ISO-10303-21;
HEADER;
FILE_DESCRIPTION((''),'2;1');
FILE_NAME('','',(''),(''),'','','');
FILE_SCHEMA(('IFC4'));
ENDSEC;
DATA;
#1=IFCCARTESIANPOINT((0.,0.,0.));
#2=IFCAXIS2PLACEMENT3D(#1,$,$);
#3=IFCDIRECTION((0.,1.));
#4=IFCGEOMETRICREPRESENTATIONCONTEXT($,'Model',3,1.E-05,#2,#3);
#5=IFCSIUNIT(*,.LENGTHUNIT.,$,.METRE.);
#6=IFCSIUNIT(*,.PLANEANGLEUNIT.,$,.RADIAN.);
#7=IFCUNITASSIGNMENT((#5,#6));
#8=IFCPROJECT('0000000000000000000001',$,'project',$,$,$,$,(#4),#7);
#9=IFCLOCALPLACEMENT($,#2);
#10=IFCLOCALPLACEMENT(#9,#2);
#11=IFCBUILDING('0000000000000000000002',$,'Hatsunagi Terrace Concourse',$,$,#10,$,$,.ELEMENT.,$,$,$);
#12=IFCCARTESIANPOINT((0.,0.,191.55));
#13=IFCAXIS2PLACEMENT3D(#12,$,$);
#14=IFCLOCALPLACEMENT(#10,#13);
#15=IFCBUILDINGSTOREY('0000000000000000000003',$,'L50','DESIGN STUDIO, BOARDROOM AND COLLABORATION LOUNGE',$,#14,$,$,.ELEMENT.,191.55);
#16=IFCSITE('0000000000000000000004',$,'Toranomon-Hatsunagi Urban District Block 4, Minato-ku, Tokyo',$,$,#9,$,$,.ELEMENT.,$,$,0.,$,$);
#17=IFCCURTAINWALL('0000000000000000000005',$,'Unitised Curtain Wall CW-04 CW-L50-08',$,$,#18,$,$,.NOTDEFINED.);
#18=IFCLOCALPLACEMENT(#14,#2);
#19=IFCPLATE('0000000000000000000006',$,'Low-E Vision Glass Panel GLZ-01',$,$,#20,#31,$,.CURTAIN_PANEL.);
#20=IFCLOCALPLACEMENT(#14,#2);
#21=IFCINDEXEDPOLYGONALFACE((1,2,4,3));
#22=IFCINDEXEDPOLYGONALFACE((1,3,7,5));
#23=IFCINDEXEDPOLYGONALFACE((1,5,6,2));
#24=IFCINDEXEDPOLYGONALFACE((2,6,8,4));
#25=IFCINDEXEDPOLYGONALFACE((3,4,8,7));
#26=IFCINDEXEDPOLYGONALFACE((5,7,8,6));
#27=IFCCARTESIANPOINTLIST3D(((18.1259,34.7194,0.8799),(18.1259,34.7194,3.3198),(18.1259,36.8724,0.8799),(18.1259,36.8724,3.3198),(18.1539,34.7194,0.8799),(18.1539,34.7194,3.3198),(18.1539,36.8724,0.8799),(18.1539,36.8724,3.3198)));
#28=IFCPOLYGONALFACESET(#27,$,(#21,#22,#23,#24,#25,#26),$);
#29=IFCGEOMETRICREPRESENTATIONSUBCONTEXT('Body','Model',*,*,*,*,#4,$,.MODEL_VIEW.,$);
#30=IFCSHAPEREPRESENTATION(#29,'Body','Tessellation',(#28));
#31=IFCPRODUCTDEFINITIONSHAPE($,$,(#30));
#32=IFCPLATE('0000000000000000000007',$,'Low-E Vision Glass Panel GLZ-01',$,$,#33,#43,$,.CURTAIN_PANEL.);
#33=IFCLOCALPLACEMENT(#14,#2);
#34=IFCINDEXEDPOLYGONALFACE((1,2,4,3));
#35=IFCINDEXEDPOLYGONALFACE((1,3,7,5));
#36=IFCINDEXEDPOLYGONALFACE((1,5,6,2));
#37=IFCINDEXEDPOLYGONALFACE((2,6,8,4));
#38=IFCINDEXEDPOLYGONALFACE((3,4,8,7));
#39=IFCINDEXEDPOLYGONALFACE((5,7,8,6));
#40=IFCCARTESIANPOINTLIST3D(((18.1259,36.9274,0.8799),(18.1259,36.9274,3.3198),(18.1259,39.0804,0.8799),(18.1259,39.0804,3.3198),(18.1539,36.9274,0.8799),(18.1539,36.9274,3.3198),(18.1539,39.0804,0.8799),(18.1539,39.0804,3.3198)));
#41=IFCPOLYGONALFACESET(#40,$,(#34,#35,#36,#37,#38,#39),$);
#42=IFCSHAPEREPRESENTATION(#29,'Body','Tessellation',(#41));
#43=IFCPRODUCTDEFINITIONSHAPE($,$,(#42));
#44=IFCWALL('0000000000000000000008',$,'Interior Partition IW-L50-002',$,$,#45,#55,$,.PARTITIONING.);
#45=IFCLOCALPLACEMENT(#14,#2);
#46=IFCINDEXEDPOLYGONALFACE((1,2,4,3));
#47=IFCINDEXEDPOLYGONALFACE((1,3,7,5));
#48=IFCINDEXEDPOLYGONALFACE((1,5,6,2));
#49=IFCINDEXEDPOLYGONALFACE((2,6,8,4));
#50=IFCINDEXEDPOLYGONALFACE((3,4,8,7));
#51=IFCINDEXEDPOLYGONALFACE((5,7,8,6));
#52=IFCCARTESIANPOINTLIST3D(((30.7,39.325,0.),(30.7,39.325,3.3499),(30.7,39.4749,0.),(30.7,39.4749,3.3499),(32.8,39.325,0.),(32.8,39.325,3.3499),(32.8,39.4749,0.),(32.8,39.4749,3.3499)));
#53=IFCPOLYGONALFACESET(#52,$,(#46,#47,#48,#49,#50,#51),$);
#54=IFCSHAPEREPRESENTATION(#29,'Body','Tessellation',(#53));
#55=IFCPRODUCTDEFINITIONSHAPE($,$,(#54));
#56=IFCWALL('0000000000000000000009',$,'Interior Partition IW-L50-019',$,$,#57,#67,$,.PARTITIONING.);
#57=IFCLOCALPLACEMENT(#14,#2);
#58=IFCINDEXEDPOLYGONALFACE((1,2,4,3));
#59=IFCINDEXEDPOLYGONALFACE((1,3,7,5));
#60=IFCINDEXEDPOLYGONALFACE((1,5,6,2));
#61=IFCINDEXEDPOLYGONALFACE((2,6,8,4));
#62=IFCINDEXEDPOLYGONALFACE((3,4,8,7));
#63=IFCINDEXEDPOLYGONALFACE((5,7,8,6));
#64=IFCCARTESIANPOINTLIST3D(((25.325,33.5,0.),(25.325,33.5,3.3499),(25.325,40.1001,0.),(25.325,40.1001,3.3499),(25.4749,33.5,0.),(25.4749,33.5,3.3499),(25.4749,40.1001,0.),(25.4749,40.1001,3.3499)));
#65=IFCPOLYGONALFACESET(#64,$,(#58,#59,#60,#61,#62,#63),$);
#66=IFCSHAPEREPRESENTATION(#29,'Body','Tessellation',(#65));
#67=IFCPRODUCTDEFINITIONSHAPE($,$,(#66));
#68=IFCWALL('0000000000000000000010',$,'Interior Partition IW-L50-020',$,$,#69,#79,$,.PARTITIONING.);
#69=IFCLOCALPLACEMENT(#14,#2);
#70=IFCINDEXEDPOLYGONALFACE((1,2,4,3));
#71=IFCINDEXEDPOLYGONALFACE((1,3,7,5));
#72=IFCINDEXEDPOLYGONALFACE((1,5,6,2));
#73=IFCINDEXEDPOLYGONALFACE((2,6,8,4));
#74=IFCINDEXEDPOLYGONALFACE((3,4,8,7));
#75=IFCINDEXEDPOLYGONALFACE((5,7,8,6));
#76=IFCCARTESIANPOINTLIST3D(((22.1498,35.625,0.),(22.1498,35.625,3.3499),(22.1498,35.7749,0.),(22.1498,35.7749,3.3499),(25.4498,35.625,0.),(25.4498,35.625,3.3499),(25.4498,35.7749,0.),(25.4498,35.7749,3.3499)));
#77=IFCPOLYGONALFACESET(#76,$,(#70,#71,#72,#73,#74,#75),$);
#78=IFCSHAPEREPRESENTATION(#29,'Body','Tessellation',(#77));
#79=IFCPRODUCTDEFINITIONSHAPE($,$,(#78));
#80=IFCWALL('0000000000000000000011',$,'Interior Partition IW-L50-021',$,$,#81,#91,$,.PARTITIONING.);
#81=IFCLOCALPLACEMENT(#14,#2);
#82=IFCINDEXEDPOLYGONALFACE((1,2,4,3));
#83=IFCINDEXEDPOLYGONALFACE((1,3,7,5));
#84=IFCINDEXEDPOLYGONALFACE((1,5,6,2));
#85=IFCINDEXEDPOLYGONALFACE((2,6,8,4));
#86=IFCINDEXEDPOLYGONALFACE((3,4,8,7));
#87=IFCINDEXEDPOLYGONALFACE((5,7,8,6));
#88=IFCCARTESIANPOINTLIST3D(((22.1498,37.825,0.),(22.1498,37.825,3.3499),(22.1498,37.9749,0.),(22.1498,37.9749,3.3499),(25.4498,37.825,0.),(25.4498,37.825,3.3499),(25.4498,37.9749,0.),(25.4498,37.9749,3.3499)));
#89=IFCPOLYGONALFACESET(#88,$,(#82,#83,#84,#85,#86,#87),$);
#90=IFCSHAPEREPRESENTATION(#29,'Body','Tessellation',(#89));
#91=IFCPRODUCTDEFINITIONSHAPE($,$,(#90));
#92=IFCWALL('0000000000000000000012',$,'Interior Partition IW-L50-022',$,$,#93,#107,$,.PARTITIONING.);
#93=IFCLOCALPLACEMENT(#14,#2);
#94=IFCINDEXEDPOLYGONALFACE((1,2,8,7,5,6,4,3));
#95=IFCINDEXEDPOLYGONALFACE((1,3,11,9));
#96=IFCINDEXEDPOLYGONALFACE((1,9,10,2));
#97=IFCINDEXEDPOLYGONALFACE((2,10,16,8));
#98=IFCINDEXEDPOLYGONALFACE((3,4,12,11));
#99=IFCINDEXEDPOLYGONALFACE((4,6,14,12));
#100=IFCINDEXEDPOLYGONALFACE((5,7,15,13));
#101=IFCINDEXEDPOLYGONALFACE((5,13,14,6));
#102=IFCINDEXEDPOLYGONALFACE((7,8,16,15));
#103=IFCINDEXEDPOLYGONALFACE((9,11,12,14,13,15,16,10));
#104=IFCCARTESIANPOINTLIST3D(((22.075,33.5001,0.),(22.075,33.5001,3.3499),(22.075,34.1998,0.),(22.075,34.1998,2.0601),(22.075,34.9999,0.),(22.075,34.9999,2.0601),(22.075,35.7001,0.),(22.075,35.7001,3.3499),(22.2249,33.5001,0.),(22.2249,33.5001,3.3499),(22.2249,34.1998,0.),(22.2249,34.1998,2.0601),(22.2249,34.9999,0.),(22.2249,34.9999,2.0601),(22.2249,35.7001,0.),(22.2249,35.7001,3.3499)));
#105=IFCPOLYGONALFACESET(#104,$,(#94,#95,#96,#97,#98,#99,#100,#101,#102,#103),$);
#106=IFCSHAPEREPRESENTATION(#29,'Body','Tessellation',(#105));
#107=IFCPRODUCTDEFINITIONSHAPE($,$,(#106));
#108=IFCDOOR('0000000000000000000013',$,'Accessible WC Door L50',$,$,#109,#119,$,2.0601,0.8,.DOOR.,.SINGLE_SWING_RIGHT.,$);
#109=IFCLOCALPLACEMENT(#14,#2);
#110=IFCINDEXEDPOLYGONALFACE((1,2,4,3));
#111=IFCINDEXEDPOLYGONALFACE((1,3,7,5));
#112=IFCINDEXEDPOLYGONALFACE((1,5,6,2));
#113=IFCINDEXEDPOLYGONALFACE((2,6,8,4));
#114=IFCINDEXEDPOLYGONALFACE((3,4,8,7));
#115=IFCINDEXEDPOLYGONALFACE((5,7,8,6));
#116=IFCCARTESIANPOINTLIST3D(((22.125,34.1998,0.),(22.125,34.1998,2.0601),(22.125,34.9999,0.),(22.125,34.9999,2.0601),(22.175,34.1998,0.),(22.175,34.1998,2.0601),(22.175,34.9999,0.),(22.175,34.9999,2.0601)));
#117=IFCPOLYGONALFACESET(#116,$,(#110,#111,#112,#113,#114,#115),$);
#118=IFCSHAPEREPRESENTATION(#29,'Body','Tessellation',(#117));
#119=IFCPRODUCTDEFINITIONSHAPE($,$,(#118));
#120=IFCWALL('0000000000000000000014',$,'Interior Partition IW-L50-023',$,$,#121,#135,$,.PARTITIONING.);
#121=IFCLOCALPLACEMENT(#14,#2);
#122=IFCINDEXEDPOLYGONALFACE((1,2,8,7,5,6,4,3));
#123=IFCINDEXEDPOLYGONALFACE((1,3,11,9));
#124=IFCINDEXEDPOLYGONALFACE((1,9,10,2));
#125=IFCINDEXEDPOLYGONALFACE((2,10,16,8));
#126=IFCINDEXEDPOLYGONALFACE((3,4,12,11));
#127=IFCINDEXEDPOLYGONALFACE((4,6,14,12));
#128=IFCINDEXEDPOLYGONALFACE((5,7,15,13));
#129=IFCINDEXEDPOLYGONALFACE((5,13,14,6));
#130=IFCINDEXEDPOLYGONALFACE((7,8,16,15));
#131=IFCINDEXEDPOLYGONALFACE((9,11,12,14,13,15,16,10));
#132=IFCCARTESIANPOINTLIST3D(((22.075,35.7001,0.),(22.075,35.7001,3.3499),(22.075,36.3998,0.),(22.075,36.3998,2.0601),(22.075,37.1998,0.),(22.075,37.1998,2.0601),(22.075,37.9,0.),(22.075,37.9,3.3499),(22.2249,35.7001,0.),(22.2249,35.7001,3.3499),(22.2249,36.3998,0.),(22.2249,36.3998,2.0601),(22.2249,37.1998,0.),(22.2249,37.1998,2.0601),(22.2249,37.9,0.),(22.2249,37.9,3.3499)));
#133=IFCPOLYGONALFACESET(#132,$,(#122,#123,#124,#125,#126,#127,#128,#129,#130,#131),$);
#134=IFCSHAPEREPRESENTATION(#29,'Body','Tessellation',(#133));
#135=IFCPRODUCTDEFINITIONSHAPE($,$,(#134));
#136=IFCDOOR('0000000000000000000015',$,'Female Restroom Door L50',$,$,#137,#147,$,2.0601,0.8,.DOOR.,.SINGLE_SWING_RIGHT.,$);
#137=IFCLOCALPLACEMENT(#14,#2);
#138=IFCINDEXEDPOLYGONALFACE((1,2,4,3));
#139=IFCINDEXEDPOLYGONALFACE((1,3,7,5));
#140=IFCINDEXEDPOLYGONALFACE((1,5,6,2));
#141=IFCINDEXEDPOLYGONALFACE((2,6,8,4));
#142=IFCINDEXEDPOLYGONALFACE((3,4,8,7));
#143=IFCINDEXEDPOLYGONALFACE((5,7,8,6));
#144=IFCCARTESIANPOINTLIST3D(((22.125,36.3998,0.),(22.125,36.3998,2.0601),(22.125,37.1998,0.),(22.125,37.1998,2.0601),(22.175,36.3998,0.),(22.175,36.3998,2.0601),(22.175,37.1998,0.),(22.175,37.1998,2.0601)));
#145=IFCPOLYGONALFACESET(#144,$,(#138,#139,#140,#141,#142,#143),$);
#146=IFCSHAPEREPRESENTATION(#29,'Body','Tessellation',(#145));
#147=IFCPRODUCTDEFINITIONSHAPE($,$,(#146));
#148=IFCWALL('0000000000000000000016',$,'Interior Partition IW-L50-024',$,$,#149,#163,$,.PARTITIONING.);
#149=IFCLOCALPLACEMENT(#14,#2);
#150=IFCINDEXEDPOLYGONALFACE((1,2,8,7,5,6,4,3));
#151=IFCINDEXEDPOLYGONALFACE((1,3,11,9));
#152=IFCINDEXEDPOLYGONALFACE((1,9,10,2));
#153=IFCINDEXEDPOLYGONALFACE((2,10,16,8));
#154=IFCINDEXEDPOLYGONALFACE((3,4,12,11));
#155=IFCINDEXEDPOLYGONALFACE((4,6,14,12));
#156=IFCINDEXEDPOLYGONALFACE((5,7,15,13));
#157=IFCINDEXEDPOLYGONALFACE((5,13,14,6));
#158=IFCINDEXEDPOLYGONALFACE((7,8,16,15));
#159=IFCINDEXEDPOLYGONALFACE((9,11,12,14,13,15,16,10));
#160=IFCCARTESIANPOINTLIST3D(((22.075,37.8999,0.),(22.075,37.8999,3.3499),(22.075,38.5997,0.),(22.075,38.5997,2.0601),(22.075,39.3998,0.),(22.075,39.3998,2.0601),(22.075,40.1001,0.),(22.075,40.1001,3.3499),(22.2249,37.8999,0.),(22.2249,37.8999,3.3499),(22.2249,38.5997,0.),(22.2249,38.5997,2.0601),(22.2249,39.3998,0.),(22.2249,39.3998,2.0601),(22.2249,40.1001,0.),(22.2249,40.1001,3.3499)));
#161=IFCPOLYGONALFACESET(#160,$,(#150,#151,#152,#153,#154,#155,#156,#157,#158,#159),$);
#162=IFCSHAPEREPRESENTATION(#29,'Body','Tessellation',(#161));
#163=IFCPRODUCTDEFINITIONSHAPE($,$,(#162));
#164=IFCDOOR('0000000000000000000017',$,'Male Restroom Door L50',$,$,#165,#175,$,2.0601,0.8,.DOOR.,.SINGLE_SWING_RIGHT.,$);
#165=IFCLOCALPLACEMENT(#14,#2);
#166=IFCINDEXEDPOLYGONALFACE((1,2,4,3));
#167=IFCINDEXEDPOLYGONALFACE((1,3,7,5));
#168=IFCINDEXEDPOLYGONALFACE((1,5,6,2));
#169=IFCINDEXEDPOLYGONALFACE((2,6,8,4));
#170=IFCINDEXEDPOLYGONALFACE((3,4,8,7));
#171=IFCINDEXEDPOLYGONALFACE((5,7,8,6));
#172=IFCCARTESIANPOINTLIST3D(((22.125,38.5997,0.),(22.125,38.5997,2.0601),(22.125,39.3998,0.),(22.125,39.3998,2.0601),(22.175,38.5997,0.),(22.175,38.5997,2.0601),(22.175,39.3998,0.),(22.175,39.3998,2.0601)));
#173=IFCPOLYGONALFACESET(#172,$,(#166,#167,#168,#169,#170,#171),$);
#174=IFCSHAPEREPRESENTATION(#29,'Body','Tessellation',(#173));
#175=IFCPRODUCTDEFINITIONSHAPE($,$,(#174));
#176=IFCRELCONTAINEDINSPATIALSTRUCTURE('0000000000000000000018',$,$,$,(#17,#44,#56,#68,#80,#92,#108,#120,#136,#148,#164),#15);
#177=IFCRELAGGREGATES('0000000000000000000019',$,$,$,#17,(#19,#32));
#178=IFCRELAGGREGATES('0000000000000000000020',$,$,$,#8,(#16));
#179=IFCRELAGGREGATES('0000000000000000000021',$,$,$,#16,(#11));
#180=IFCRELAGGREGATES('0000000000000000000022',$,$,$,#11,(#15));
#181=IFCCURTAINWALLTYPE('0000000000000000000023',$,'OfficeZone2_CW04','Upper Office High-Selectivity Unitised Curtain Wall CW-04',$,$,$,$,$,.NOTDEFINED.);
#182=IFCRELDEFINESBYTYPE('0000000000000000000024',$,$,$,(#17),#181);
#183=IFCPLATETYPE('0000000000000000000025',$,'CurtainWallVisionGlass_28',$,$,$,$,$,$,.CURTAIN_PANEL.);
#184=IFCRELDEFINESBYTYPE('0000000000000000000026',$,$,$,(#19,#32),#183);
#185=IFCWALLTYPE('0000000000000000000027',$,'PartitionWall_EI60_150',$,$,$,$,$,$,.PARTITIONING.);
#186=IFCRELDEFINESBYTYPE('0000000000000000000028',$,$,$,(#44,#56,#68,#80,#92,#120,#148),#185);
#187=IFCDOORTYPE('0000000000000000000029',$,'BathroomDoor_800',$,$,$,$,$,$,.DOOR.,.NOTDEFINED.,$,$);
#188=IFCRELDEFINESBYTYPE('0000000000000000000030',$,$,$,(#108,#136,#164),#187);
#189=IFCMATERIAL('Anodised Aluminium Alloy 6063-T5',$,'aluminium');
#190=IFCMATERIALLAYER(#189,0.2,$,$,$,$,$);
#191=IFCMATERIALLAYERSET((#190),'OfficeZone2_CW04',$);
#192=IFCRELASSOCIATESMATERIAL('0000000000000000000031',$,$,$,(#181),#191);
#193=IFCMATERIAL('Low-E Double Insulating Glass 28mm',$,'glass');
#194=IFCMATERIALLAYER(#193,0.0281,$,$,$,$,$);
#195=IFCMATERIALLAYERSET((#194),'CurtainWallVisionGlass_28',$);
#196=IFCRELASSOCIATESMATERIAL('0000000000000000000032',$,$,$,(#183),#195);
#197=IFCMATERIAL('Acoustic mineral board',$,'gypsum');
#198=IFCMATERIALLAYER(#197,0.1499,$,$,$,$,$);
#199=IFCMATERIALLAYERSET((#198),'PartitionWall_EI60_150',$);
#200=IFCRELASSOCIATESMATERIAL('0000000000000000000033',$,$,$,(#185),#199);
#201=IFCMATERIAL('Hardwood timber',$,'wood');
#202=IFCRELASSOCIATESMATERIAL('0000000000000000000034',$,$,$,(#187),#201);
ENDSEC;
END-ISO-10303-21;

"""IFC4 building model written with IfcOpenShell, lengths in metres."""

from ifc_helpers import new_model, si_unit, direction, frame, frame_2d, origin, origin_2d, place, context, subcontext, project, spatial, rectangle, extrude, material, layer, layer_set, type_object, element, fill, aggregate, save


model = new_model("IFC4")

# Units and contexts
model_context = context("Model", 3, precision=1e-05, world=origin(), true_north=direction((0.0, 1.0)))
body_context = subcontext(model_context, "Body", "Model", "MODEL_VIEW")
ifc_project = project(units=[si_unit("LENGTHUNIT", "METRE"), si_unit("PLANEANGLEUNIT", "RADIAN")], contexts=[model_context])

# Site, building, storey
site_placement = place(None, origin())
site = spatial("IfcSite", under=ifc_project, at=site_placement, Name="Toranomon-Hatsunagi Urban District Block 4, Minato-ku, Tokyo", CompositionType="ELEMENT", RefElevation=0.0)
building_placement = place(site_placement, origin())
building = spatial("IfcBuilding", under=site, at=building_placement, Name="Hatsunagi Terrace Concourse", CompositionType="ELEMENT")
storey_placement = place(building_placement, frame((0.0, 0.0, 191.55)))
storey = spatial("IfcBuildingStorey", under=building, at=storey_placement, Name="L50", Description="DESIGN STUDIO, BOARDROOM AND COLLABORATION LOUNGE", CompositionType="ELEMENT", Elevation=191.55)

# Curtain wall
ifc_material_1 = material(Name="Anodised Aluminium Alloy 6063-T5", Category="aluminium")
ifc_layer_1 = layer(ifc_material_1, 0.2)
ifc_layer_set_1 = layer_set([ifc_layer_1], Name="OfficeZone2_CW04")
curtain_wall_type = type_object("IfcCurtainWallType", Name="OfficeZone2_CW04", Description="Upper Office High-Selectivity Unitised Curtain Wall CW-04", PredefinedType="NOTDEFINED", material=ifc_layer_set_1)
curtain_wall_placement = place(storey_placement, origin())
curtain_wall = element("IfcCurtainWall", 1, at=curtain_wall_placement, inside=storey, type_object=curtain_wall_type, Name="Unitised Curtain Wall CW-04 CW-L50-08", PredefinedType="NOTDEFINED")

# Plates
ifc_material_2 = material(Name="Low-E Double Insulating Glass 28mm", Category="glass")
ifc_layer_2 = layer(ifc_material_2, 0.0281)
ifc_layer_set_2 = layer_set([ifc_layer_2], Name="CurtainWallVisionGlass_28")
plate_type_1 = type_object("IfcPlateType", Name="CurtainWallVisionGlass_28", PredefinedType="CURTAIN_PANEL", material=ifc_layer_set_2)
plate_1_placement = place(storey_placement, frame((18.1399, 35.7959, 0.8799), z_axis=(0.0, 0.0, 1.0), x_axis=(0.0, 1.0, 0.0)))
plate_1 = element("IfcPlate", 2, at=plate_1_placement, type_object=plate_type_1, Name="Low-E Vision Glass Panel GLZ-01", PredefinedType="CURTAIN_PANEL", context=body_context, shape_type="SweptSolid", body=[
    extrude(rectangle(XDim=2.1531, YDim=0.0281, at=origin_2d()), origin(), (0.0, 0.0, 1.0), 2.4399),
])
plate_2_placement = place(storey_placement, frame((18.1399, 38.0039, 0.8799), z_axis=(0.0, 0.0, 1.0), x_axis=(0.0, 1.0, 0.0)))
plate_2 = element("IfcPlate", 3, at=plate_2_placement, type_object=plate_type_1, Name="Low-E Vision Glass Panel GLZ-01", PredefinedType="CURTAIN_PANEL", context=body_context, shape_type="SweptSolid", body=[
    extrude(rectangle(XDim=2.1531, YDim=0.0281, at=origin_2d()), origin(), (0.0, 0.0, 1.0), 2.4399),
])
aggregate(curtain_wall, [plate_1, plate_2])

# Walls
ifc_material_3 = material(Name="Acoustic mineral board", Category="gypsum")
ifc_layer_3 = layer(ifc_material_3, 0.1499)
ifc_layer_set_3 = layer_set([ifc_layer_3], Name="PartitionWall_EI60_150")
wall_type_1 = type_object("IfcWallType", Name="PartitionWall_EI60_150", PredefinedType="PARTITIONING", material=ifc_layer_set_3)
wall_1_placement = place(storey_placement, frame((30.7, 39.3999, 0.0), z_axis=(0.0, 0.0, 1.0), x_axis=(1.0, 0.0, 0.0)))
element("IfcWall", 4, at=wall_1_placement, inside=storey, type_object=wall_type_1, Name="Interior Partition IW-L50-002", PredefinedType="PARTITIONING", context=body_context, shape_type="SweptSolid", body=[
    extrude(rectangle(XDim=2.1001, YDim=0.1499, at=frame_2d((1.05, 0.0))), origin(), (0.0, 0.0, 1.0), 3.3499),
])
wall_2_placement = place(storey_placement, frame((25.3999, 33.5, 0.0), z_axis=(0.0, 0.0, 1.0), x_axis=(0.0, 1.0, 0.0)))
element("IfcWall", 5, at=wall_2_placement, inside=storey, type_object=wall_type_1, Name="Interior Partition IW-L50-019", PredefinedType="PARTITIONING", context=body_context, shape_type="SweptSolid", body=[
    extrude(rectangle(XDim=6.6001, YDim=0.1499, at=frame_2d((3.3, 0.0))), origin(), (0.0, 0.0, 1.0), 3.3499),
])
for number, where, z_axis, x_axis, name in (
    (6, (22.1499, 35.7, 0.0), (0.0, 0.0, 1.0), (1.0, 0.0, 0.0), "Interior Partition IW-L50-020"),
    (7, (22.1499, 37.8999, 0.0), (0.0, 0.0, 1.0), (1.0, 0.0, 0.0), "Interior Partition IW-L50-021"),
):
    element("IfcWall", number, at=place(storey_placement, frame(where, z_axis=z_axis, x_axis=x_axis)), inside=storey, type_object=wall_type_1, Name=name, PredefinedType="PARTITIONING", context=body_context, shape_type="SweptSolid", body=[
        extrude(rectangle(XDim=3.3, YDim=0.1499, at=frame_2d((1.6499, 0.0))), origin(), (0.0, 0.0, 1.0), 3.3499),
    ])

# Walls, openings, doors
wall_3_placement = place(storey_placement, frame((22.1499, 33.5, 0.0), z_axis=(0.0, 0.0, 1.0), x_axis=(0.0, 1.0, 0.0)))
wall_3 = element("IfcWall", 8, at=wall_3_placement, inside=storey, type_object=wall_type_1, Name="Interior Partition IW-L50-022", PredefinedType="PARTITIONING", context=body_context, shape_type="SweptSolid", body=[
    extrude(rectangle(XDim=2.2, YDim=0.1499, at=frame_2d((1.1001, 0.0))), origin(), (0.0, 0.0, 1.0), 3.3499),
])
opening_1_placement = place(wall_3_placement, frame((0.7, 0.0, 0.0)))
opening_1 = element("IfcOpeningElement", 9, at=opening_1_placement, cuts=wall_3, PredefinedType="OPENING", context=body_context, shape_type="SweptSolid", body=[
    extrude(rectangle(XDim=0.8, YDim=2.0601, at=frame_2d((0.3999, 1.03))), frame((0.0, 0.085, 0.0), z_axis=(0.0, -1.0, 0.0), x_axis=(1.0, 0.0, 0.0)), (0.0, 0.0, 1.0), 0.1699),
])
ifc_material_4 = material(Name="Hardwood timber", Category="wood")
door_type = type_object("IfcDoorType", Name="BathroomDoor_800", OperationType="NOTDEFINED", PredefinedType="DOOR", material=ifc_material_4)
door_1_placement = place(opening_1_placement, origin())
door_1 = element("IfcDoor", 10, at=door_1_placement, inside=storey, type_object=door_type, Name="Accessible WC Door L50", OperationType="SINGLE_SWING_RIGHT", OverallHeight=2.0601, OverallWidth=0.8, PredefinedType="DOOR", context=body_context, shape_type="SweptSolid", body=[
    extrude(rectangle(XDim=0.8, YDim=2.0601, at=frame_2d((0.3999, 1.03))), frame((0.0, 0.0249, 0.0), z_axis=(0.0, -1.0, 0.0), x_axis=(1.0, 0.0, 0.0)), (0.0, 0.0, 1.0), 0.05),
])
fill(opening_1, door_1)
wall_4_placement = place(storey_placement, frame((22.1499, 35.7, 0.0), z_axis=(0.0, 0.0, 1.0), x_axis=(0.0, 1.0, 0.0)))
wall_4 = element("IfcWall", 11, at=wall_4_placement, inside=storey, type_object=wall_type_1, Name="Interior Partition IW-L50-023", PredefinedType="PARTITIONING", context=body_context, shape_type="SweptSolid", body=[
    extrude(rectangle(XDim=2.2, YDim=0.1499, at=frame_2d((1.1001, 0.0))), origin(), (0.0, 0.0, 1.0), 3.3499),
])
opening_2_placement = place(wall_4_placement, frame((0.7, 0.0, 0.0)))
opening_2 = element("IfcOpeningElement", 12, at=opening_2_placement, cuts=wall_4, PredefinedType="OPENING", context=body_context, shape_type="SweptSolid", body=[
    extrude(rectangle(XDim=0.8, YDim=2.0601, at=frame_2d((0.3999, 1.03))), frame((0.0, 0.085, 0.0), z_axis=(0.0, -1.0, 0.0), x_axis=(1.0, 0.0, 0.0)), (0.0, 0.0, 1.0), 0.1699),
])
door_2_placement = place(opening_2_placement, origin())
door_2 = element("IfcDoor", 13, at=door_2_placement, inside=storey, type_object=door_type, Name="Female Restroom Door L50", OperationType="SINGLE_SWING_RIGHT", OverallHeight=2.0601, OverallWidth=0.8, PredefinedType="DOOR", context=body_context, shape_type="SweptSolid", body=[
    extrude(rectangle(XDim=0.8, YDim=2.0601, at=frame_2d((0.3999, 1.03))), frame((0.0, 0.0249, 0.0), z_axis=(0.0, -1.0, 0.0), x_axis=(1.0, 0.0, 0.0)), (0.0, 0.0, 1.0), 0.05),
])
fill(opening_2, door_2)
wall_5_placement = place(storey_placement, frame((22.1499, 37.8999, 0.0), z_axis=(0.0, 0.0, 1.0), x_axis=(0.0, 1.0, 0.0)))
wall_5 = element("IfcWall", 14, at=wall_5_placement, inside=storey, type_object=wall_type_1, Name="Interior Partition IW-L50-024", PredefinedType="PARTITIONING", context=body_context, shape_type="SweptSolid", body=[
    extrude(rectangle(XDim=2.2002, YDim=0.1499, at=frame_2d((1.1001, 0.0))), origin(), (0.0, 0.0, 1.0), 3.3499),
])
opening_3_placement = place(wall_5_placement, frame((0.7, 0.0, 0.0)))
opening_3 = element("IfcOpeningElement", 15, at=opening_3_placement, cuts=wall_5, PredefinedType="OPENING", context=body_context, shape_type="SweptSolid", body=[
    extrude(rectangle(XDim=0.8, YDim=2.0601, at=frame_2d((0.3999, 1.03))), frame((0.0, 0.085, 0.0), z_axis=(0.0, -1.0, 0.0), x_axis=(1.0, 0.0, 0.0)), (0.0, 0.0, 1.0), 0.1699),
])
door_3_placement = place(opening_3_placement, origin())
door_3 = element("IfcDoor", 16, at=door_3_placement, inside=storey, type_object=door_type, Name="Male Restroom Door L50", OperationType="SINGLE_SWING_RIGHT", OverallHeight=2.0601, OverallWidth=0.8, PredefinedType="DOOR", context=body_context, shape_type="SweptSolid", body=[
    extrude(rectangle(XDim=0.8, YDim=2.0601, at=frame_2d((0.3999, 1.03))), frame((0.0, 0.0249, 0.0), z_axis=(0.0, -1.0, 0.0), x_axis=(1.0, 0.0, 0.0)), (0.0, 0.0, 1.0), 0.05),
])
fill(opening_3, door_3)

save(model, "model.ifc")
